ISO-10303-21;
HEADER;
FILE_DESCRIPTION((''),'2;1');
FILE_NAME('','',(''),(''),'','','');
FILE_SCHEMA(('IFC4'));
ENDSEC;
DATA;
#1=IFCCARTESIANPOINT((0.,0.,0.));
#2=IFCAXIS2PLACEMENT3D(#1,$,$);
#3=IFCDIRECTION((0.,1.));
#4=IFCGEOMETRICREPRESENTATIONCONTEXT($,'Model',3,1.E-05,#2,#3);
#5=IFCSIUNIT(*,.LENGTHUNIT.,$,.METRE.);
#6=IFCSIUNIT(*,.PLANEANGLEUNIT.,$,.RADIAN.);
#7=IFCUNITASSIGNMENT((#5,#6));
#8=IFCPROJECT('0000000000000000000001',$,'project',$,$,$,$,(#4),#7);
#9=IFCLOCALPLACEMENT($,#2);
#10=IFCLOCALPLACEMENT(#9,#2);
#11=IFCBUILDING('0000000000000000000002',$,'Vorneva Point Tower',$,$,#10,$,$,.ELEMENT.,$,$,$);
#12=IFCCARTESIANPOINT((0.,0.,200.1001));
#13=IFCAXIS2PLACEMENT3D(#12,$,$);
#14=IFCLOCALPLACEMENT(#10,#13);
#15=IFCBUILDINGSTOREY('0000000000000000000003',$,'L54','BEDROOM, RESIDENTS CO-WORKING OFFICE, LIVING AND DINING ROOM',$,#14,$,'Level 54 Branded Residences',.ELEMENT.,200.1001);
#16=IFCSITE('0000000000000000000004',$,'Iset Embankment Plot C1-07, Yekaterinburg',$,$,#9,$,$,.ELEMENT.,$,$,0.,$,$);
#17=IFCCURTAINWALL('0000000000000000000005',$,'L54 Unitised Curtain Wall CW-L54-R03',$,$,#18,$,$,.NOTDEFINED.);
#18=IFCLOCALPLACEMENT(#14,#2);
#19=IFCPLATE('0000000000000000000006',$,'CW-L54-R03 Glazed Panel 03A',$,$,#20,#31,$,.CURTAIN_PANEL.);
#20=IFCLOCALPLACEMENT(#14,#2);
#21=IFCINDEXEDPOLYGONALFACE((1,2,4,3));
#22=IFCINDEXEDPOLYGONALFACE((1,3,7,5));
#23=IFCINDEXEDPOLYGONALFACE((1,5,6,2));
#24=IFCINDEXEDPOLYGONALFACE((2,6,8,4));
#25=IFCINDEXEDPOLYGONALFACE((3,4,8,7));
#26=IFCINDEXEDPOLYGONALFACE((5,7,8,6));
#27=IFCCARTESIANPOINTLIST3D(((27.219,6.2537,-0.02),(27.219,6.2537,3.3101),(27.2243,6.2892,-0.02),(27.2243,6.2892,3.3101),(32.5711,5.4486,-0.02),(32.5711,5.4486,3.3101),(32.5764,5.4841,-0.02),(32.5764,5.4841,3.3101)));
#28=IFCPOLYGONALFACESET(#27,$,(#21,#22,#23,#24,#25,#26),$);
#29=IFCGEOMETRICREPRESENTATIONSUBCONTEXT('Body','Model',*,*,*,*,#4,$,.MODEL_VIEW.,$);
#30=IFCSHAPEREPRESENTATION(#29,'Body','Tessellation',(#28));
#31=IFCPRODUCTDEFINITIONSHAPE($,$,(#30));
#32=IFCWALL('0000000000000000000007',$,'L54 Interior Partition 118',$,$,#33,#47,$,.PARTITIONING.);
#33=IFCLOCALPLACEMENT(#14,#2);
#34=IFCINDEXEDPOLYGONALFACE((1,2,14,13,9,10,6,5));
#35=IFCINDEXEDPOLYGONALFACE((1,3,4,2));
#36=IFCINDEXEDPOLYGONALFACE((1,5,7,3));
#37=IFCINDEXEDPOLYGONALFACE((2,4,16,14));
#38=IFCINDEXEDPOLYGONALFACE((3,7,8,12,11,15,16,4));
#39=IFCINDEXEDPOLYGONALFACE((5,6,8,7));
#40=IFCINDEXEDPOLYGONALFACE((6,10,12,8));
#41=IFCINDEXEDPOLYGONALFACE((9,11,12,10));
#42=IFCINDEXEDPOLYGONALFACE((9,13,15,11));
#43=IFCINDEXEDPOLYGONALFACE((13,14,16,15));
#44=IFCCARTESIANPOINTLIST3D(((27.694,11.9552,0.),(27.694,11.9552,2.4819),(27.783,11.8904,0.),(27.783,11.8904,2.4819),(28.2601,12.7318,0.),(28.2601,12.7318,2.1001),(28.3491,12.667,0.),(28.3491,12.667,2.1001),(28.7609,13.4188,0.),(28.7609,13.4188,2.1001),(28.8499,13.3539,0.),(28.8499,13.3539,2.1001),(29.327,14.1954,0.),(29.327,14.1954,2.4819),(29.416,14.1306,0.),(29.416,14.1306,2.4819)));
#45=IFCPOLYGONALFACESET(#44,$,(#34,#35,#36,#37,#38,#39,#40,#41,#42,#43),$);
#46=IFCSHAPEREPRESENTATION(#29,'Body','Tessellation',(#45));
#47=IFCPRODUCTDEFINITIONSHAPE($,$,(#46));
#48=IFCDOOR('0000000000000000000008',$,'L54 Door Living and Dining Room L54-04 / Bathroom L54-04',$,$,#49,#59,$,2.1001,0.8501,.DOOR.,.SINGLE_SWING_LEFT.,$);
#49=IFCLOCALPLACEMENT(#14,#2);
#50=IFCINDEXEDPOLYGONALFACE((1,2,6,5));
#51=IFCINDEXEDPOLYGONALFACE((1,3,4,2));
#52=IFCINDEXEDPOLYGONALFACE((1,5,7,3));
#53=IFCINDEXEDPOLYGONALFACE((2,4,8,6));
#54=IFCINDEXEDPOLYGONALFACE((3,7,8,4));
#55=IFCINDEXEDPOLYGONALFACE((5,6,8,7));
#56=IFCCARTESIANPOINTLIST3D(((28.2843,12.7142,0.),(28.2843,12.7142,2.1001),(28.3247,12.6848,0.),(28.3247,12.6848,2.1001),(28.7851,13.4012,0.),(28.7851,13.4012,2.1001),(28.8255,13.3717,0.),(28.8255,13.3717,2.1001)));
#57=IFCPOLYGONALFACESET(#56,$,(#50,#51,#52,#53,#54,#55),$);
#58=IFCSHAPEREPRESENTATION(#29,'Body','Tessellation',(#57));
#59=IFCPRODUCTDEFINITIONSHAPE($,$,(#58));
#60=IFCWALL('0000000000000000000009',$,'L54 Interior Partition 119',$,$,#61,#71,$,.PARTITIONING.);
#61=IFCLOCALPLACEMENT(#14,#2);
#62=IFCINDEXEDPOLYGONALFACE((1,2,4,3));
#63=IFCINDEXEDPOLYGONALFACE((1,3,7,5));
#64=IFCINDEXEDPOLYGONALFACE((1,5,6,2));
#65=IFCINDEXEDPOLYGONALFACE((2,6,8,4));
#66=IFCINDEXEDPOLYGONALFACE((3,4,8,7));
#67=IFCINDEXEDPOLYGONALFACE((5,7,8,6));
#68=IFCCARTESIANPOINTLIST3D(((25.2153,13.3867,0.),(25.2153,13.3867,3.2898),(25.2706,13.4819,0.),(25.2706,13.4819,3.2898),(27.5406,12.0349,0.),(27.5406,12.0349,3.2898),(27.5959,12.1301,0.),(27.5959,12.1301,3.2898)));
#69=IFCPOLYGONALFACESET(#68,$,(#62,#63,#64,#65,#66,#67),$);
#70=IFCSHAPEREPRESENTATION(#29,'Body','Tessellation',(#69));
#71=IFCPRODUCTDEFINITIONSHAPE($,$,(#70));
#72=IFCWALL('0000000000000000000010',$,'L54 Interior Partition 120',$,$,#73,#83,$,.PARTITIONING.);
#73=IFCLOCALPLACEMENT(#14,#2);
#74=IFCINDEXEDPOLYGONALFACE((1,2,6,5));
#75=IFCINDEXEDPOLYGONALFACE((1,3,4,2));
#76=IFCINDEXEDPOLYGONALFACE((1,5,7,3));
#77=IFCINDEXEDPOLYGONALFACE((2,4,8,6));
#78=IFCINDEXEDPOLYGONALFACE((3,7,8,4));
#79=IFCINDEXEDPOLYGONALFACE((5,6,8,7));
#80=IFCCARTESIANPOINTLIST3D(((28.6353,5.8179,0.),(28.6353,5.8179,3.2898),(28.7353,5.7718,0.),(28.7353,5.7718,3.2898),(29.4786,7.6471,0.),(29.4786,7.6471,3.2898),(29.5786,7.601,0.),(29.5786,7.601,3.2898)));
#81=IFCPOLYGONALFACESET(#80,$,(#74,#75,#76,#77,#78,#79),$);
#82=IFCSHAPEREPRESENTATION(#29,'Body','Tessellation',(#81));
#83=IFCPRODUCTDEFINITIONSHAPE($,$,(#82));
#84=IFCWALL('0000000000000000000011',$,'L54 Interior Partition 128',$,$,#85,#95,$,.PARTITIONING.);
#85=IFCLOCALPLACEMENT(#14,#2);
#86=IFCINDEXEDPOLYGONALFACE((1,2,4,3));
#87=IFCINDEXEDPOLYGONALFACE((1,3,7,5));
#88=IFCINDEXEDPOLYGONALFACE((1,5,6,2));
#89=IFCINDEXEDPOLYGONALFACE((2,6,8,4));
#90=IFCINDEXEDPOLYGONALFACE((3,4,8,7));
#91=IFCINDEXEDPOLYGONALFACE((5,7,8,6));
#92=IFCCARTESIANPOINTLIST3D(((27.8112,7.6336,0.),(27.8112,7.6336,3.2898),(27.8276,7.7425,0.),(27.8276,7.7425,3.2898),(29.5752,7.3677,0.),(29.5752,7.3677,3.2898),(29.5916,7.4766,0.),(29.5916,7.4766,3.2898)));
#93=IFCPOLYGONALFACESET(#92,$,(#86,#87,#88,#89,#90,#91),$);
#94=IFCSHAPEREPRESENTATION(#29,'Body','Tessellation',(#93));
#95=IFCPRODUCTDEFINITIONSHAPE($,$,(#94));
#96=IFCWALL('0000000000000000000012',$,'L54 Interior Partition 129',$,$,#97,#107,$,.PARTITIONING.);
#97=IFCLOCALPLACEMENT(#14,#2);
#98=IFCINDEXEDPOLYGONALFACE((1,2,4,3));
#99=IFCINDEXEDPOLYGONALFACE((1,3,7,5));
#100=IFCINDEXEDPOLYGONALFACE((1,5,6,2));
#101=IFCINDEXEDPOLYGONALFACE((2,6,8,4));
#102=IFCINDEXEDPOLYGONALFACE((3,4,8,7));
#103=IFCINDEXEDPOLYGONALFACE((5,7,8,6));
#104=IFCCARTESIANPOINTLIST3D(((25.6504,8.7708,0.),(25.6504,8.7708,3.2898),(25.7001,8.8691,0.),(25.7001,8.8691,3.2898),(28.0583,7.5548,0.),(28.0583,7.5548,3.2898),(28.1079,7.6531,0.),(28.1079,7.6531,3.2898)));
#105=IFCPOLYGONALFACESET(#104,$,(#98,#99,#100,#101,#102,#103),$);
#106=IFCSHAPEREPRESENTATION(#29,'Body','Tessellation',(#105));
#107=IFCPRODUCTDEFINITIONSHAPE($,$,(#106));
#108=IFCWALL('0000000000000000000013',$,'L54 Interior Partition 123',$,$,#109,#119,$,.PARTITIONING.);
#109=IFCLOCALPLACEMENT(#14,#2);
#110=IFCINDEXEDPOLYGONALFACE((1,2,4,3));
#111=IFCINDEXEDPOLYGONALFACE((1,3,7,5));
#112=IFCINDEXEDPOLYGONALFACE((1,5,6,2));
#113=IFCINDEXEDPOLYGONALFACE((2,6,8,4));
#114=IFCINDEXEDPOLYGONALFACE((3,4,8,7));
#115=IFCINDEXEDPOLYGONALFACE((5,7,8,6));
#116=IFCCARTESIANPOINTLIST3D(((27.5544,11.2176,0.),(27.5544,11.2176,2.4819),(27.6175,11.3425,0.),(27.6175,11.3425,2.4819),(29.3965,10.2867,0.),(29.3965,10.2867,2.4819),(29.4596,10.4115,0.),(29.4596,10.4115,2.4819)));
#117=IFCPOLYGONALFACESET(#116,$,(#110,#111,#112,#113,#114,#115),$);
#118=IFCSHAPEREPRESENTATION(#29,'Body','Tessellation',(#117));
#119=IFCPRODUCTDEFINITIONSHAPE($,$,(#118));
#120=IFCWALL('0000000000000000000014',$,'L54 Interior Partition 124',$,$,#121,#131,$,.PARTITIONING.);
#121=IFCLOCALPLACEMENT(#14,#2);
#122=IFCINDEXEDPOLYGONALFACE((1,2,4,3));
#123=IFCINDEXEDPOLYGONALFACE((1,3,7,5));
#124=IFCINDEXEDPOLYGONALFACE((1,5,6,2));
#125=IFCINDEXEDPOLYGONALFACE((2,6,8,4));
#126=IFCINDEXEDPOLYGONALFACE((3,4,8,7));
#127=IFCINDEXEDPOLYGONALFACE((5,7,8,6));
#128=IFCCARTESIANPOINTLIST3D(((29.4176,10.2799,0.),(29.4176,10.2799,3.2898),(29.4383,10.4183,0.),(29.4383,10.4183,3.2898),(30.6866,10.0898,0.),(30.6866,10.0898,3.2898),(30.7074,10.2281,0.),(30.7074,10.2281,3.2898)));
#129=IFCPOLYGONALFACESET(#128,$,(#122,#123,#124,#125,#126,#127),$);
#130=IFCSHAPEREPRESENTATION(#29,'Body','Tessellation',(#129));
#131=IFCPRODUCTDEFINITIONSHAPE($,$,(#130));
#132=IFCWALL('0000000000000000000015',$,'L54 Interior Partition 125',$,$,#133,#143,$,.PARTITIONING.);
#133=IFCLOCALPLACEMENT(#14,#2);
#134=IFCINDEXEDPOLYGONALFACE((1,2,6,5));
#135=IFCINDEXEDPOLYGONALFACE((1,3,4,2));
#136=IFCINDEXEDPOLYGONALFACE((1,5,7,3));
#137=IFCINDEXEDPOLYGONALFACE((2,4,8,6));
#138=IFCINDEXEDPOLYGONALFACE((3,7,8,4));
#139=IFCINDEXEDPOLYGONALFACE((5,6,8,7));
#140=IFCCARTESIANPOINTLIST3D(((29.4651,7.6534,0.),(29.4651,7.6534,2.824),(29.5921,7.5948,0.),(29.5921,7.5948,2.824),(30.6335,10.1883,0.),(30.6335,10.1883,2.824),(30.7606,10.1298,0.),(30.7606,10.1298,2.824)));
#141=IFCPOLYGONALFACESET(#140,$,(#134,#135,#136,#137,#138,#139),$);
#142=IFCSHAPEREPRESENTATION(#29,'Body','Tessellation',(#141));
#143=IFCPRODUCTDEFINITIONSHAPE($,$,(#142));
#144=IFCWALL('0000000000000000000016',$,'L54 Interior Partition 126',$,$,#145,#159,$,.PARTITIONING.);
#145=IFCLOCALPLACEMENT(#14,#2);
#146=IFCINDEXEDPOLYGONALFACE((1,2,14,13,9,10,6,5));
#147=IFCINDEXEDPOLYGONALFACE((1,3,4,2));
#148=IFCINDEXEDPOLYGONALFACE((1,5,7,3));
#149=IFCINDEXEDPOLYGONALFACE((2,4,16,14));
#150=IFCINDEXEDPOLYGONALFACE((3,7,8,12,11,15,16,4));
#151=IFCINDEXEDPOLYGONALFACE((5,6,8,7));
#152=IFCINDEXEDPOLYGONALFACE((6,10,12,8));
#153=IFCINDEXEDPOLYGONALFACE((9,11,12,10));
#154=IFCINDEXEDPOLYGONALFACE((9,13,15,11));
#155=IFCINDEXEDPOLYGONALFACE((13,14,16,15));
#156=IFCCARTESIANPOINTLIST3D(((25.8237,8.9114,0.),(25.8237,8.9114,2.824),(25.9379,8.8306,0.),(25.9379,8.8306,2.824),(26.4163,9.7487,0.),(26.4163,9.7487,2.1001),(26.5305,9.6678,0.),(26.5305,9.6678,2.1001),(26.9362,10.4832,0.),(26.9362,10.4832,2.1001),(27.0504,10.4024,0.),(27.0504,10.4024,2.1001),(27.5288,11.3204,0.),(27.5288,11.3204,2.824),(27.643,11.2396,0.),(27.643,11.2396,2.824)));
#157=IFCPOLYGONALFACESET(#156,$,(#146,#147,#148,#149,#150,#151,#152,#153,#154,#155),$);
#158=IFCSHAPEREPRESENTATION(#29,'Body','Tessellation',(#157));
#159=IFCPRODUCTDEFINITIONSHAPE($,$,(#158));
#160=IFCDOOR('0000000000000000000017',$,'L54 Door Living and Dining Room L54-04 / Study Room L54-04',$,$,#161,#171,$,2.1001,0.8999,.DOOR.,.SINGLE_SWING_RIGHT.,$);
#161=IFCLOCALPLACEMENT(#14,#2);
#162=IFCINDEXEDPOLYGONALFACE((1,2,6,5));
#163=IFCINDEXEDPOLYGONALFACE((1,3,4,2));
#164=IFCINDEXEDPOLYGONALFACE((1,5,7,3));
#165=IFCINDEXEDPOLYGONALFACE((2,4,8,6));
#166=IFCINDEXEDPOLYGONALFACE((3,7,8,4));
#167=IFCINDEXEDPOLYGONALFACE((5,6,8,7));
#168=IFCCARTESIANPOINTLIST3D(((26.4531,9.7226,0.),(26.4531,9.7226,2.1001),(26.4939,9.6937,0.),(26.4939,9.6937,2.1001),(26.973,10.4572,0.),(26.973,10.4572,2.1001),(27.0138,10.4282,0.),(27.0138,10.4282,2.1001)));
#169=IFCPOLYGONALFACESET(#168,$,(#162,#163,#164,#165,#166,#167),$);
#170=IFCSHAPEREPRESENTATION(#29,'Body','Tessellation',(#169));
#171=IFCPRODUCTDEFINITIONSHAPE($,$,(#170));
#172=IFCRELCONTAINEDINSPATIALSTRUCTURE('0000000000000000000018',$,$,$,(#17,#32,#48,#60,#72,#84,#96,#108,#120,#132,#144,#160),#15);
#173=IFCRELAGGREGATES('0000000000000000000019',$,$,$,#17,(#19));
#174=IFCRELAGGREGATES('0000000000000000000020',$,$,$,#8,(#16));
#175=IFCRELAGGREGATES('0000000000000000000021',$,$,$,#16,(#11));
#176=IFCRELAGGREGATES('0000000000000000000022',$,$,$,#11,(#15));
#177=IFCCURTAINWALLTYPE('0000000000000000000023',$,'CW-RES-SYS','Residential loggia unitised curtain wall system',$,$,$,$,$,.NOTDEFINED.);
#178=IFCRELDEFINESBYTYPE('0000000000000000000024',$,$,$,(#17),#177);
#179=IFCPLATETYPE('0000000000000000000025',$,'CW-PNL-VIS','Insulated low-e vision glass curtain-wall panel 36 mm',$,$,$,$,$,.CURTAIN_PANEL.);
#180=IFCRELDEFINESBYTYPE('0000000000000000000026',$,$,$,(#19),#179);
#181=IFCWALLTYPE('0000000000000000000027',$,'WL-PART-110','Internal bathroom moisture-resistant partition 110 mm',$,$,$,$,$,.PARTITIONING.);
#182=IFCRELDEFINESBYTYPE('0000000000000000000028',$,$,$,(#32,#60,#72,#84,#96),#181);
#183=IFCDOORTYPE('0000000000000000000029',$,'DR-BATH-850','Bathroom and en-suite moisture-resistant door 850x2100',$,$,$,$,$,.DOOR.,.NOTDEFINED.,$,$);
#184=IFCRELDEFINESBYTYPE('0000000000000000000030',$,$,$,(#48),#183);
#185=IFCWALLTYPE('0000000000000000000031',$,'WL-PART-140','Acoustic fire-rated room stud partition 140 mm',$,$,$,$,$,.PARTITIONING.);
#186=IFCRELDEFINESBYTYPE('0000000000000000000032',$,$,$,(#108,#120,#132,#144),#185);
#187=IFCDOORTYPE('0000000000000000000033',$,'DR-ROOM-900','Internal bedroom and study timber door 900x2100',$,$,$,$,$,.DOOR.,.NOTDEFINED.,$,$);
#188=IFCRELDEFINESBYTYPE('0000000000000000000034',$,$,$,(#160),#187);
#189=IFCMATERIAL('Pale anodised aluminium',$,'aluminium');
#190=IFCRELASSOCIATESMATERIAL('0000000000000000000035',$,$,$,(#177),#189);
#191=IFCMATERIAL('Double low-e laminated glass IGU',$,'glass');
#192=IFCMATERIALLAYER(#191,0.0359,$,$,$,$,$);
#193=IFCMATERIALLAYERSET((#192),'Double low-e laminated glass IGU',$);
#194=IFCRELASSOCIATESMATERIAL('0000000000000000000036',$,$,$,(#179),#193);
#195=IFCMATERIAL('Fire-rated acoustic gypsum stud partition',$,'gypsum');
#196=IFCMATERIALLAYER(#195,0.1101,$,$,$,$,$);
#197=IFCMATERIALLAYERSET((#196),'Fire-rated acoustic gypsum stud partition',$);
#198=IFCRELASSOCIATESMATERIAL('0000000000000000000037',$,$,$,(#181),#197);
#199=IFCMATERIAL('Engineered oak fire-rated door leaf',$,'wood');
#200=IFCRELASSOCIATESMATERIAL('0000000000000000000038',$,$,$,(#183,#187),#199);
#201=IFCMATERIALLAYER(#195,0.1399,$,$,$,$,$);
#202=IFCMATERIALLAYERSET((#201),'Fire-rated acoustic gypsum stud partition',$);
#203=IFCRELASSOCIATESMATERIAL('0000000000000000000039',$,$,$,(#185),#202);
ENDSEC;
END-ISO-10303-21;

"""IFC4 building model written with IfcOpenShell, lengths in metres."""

from ifc_helpers import new_model, si_unit, direction, frame, frame_2d, origin, origin_2d, place, context, subcontext, project, spatial, rectangle, extrude, material, layer, layer_set, type_object, element, fill, aggregate, save


model = new_model("IFC4")

# Units and contexts
model_context = context("Model", 3, precision=1e-05, world=origin(), true_north=direction((0.0, 1.0)))
body_context = subcontext(model_context, "Body", "Model", "MODEL_VIEW")
ifc_project = project(units=[si_unit("LENGTHUNIT", "METRE"), si_unit("PLANEANGLEUNIT", "RADIAN")], contexts=[model_context])

# Site, building, storey
site_placement = place(None, origin())
site = spatial("IfcSite", under=ifc_project, at=site_placement, Name="Iset Embankment Plot C1-07, Yekaterinburg", CompositionType="ELEMENT", RefElevation=0.0)
building_placement = place(site_placement, origin())
building = spatial("IfcBuilding", under=site, at=building_placement, Name="Vorneva Point Tower", CompositionType="ELEMENT")
storey_placement = place(building_placement, frame((0.0, 0.0, 200.1001)))
storey = spatial("IfcBuildingStorey", under=building, at=storey_placement, Name="L54", Description="BEDROOM, RESIDENTS CO-WORKING OFFICE, LIVING AND DINING ROOM", LongName="Level 54 Branded Residences", CompositionType="ELEMENT", Elevation=200.1001)

# Curtain wall, plate
ifc_material_1 = material(Name="Pale anodised aluminium", Category="aluminium")
curtain_wall_type = type_object("IfcCurtainWallType", Name="CW-RES-SYS", Description="Residential loggia unitised curtain wall system", PredefinedType="NOTDEFINED", material=ifc_material_1)
curtain_wall_placement = place(storey_placement, origin())
curtain_wall = element("IfcCurtainWall", 1, at=curtain_wall_placement, inside=storey, type_object=curtain_wall_type, Name="L54 Unitised Curtain Wall CW-L54-R03", PredefinedType="NOTDEFINED")
ifc_material_2 = material(Name="Double low-e laminated glass IGU", Category="glass")
ifc_layer_1 = layer(ifc_material_2, 0.0359)
ifc_layer_set_1 = layer_set([ifc_layer_1], Name="Double low-e laminated glass IGU")
plate_type = type_object("IfcPlateType", Name="CW-PNL-VIS", Description="Insulated low-e vision glass curtain-wall panel 36 mm", PredefinedType="CURTAIN_PANEL", material=ifc_layer_set_1)
plate_placement = place(storey_placement, frame((29.8977, 5.8689, -0.02), z_axis=(0.0, 0.0, 1.0), x_axis=(0.988874, -0.148759, 0.0)))
plate = element("IfcPlate", 2, at=plate_placement, type_object=plate_type, Name="CW-L54-R03 Glazed Panel 03A", PredefinedType="CURTAIN_PANEL", context=body_context, shape_type="SweptSolid", body=[
    extrude(rectangle(XDim=5.4124, YDim=0.0359, at=origin_2d()), origin(), (0.0, 0.0, 1.0), 3.3301),
])
aggregate(curtain_wall, [plate])

# Wall, opening, door
ifc_material_3 = material(Name="Fire-rated acoustic gypsum stud partition", Category="gypsum")
ifc_layer_2 = layer(ifc_material_3, 0.1101)
ifc_layer_set_2 = layer_set([ifc_layer_2], Name="Fire-rated acoustic gypsum stud partition")
wall_type_1 = type_object("IfcWallType", Name="WL-PART-110", Description="Internal bathroom moisture-resistant partition 110 mm", PredefinedType="PARTITIONING", material=ifc_layer_set_2)
wall_1_placement = place(storey_placement, frame((29.3716, 14.1631, 0.0), z_axis=(0.0, 0.0, 1.0), x_axis=(-0.589067, -0.808084, 0.0)))
wall_1 = element("IfcWall", 3, at=wall_1_placement, inside=storey, type_object=wall_type_1, Name="L54 Interior Partition 118", PredefinedType="PARTITIONING", context=body_context, shape_type="SweptSolid", body=[
    extrude(rectangle(XDim=2.7722, YDim=0.1101, at=frame_2d((1.3862, 0.0))), origin(), (0.0, 0.0, 1.0), 2.4819),
])
opening_1_placement = place(wall_1_placement, frame((0.9612, 0.0, 0.0)))
opening_1 = element("IfcOpeningElement", 4, at=opening_1_placement, cuts=wall_1, PredefinedType="OPENING", context=body_context, shape_type="SweptSolid", body=[
    extrude(rectangle(XDim=0.8501, YDim=2.1001, at=frame_2d((0.425, 1.05))), frame((0.0, 0.0698, 0.0), z_axis=(0.0, -1.0, 0.0), x_axis=(1.0, 0.0, 0.0)), (0.0, 0.0, 1.0), 0.1399),
])
ifc_material_4 = material(Name="Engineered oak fire-rated door leaf", Category="wood")
door_type_1 = type_object("IfcDoorType", Name="DR-BATH-850", Description="Bathroom and en-suite moisture-resistant door 850x2100", OperationType="NOTDEFINED", PredefinedType="DOOR", material=ifc_material_4)
door_1_placement = place(opening_1_placement, origin())
door_1 = element("IfcDoor", 5, at=door_1_placement, inside=storey, type_object=door_type_1, Name="L54 Door Living and Dining Room L54-04 / Bathroom L54-04", OperationType="SINGLE_SWING_LEFT", OverallHeight=2.1001, OverallWidth=0.8501, PredefinedType="DOOR", context=body_context, shape_type="SweptSolid", body=[
    extrude(rectangle(XDim=0.8501, YDim=2.1001, at=frame_2d((0.425, 1.05))), frame((0.0, 0.0249, 0.0), z_axis=(0.0, -1.0, 0.0), x_axis=(1.0, 0.0, 0.0)), (0.0, 0.0, 1.0), 0.05),
])
fill(opening_1, door_1)

# Walls
wall_2_placement = place(storey_placement, frame((27.5681, 12.0825, 0.0), z_axis=(0.0, 0.0, 1.0), x_axis=(-0.864515, 0.502606, 0.0)))
element("IfcWall", 6, at=wall_2_placement, inside=storey, type_object=wall_type_1, Name="L54 Interior Partition 119", PredefinedType="PARTITIONING", context=body_context, shape_type="SweptSolid", body=[
    extrude(rectangle(XDim=2.6897, YDim=0.1101, at=frame_2d((1.3447, 0.0))), origin(), (0.0, 0.0, 1.0), 3.2898),
])
wall_3_placement = place(storey_placement, frame((29.5286, 7.624, 0.0), z_axis=(0.0, 0.0, 1.0), x_axis=(-0.418674, -0.908137, 0.0)))
element("IfcWall", 7, at=wall_3_placement, inside=storey, type_object=wall_type_1, Name="L54 Interior Partition 120", PredefinedType="PARTITIONING", context=body_context, shape_type="SweptSolid", body=[
    extrude(rectangle(XDim=2.0142, YDim=0.1101, at=frame_2d((1.0071, 0.0))), origin(), (0.0, 0.0, 1.0), 3.2898),
])
wall_4_placement = place(storey_placement, frame((29.5835, 7.4221, 0.0), z_axis=(0.0, 0.0, 1.0), x_axis=(-0.988831, 0.149043, 0.0)))
element("IfcWall", 8, at=wall_4_placement, inside=storey, type_object=wall_type_1, Name="L54 Interior Partition 128", PredefinedType="PARTITIONING", context=body_context, shape_type="SweptSolid", body=[
    extrude(rectangle(XDim=1.7839, YDim=0.1101, at=frame_2d((0.8921, 0.0))), origin(), (0.0, 0.0, 1.0), 3.2898),
])
wall_5_placement = place(storey_placement, frame((28.083, 7.604, 0.0), z_axis=(0.0, 0.0, 1.0), x_axis=(-0.892628, 0.450794, 0.0)))
element("IfcWall", 9, at=wall_5_placement, inside=storey, type_object=wall_type_1, Name="L54 Interior Partition 129", PredefinedType="PARTITIONING", context=body_context, shape_type="SweptSolid", body=[
    extrude(rectangle(XDim=2.6975, YDim=0.1101, at=frame_2d((1.3486, 0.0))), origin(), (0.0, 0.0, 1.0), 3.2898),
])
ifc_layer_3 = layer(ifc_material_3, 0.1399)
ifc_layer_set_3 = layer_set([ifc_layer_3], Name="Fire-rated acoustic gypsum stud partition")
wall_type_2 = type_object("IfcWallType", Name="WL-PART-140", Description="Acoustic fire-rated room stud partition 140 mm", PredefinedType="PARTITIONING", material=ifc_layer_set_3)
wall_6_placement = place(storey_placement, frame((27.5859, 11.28, 0.0), z_axis=(0.0, 0.0, 1.0), x_axis=(0.892503, -0.451042, 0.0)))
element("IfcWall", 10, at=wall_6_placement, inside=storey, type_object=wall_type_2, Name="L54 Interior Partition 123", PredefinedType="PARTITIONING", context=body_context, shape_type="SweptSolid", body=[
    extrude(rectangle(XDim=2.064, YDim=0.1399, at=frame_2d((1.032, 0.0))), origin(), (0.0, 0.0, 1.0), 2.4819),
])
wall_7_placement = place(storey_placement, frame((29.428, 10.3491, 0.0), z_axis=(0.0, 0.0, 1.0), x_axis=(0.988956, -0.14821, 0.0)))
element("IfcWall", 11, at=wall_7_placement, inside=storey, type_object=wall_type_2, Name="L54 Interior Partition 124", PredefinedType="PARTITIONING", context=body_context, shape_type="SweptSolid", body=[
    extrude(rectangle(XDim=1.2832, YDim=0.1399, at=frame_2d((0.6416, 0.0))), origin(), (0.0, 0.0, 1.0), 3.2898),
])
wall_8_placement = place(storey_placement, frame((30.697, 10.1589, 0.0), z_axis=(0.0, 0.0, 1.0), x_axis=(-0.418614, -0.908164, 0.0)))
element("IfcWall", 12, at=wall_8_placement, inside=storey, type_object=wall_type_2, Name="L54 Interior Partition 125", PredefinedType="PARTITIONING", context=body_context, shape_type="SweptSolid", body=[
    extrude(rectangle(XDim=2.7913, YDim=0.1399, at=frame_2d((1.3955, 0.0))), origin(), (0.0, 0.0, 1.0), 2.824),
])

# Wall, opening, door
wall_9_placement = place(storey_placement, frame((25.8809, 8.8711, 0.0), z_axis=(0.0, 0.0, 1.0), x_axis=(0.577735, 0.816224, 0.0)))
wall_9 = element("IfcWall", 13, at=wall_9_placement, inside=storey, type_object=wall_type_2, Name="L54 Interior Partition 126", PredefinedType="PARTITIONING", context=body_context, shape_type="SweptSolid", body=[
    extrude(rectangle(XDim=2.9514, YDim=0.1399, at=frame_2d((1.4756, 0.0))), origin(), (0.0, 0.0, 1.0), 2.824),
])
opening_2_placement = place(wall_9_placement, frame((1.0256, 0.0, 0.0)))
opening_2 = element("IfcOpeningElement", 14, at=opening_2_placement, cuts=wall_9, PredefinedType="OPENING", context=body_context, shape_type="SweptSolid", body=[
    extrude(rectangle(XDim=0.8999, YDim=2.1001, at=frame_2d((0.45, 1.05))), frame((0.0, 0.085, 0.0), z_axis=(0.0, -1.0, 0.0), x_axis=(1.0, 0.0, 0.0)), (0.0, 0.0, 1.0), 0.1697),
])
door_type_2 = type_object("IfcDoorType", Name="DR-ROOM-900", Description="Internal bedroom and study timber door 900x2100", OperationType="NOTDEFINED", PredefinedType="DOOR", material=ifc_material_4)
door_2_placement = place(opening_2_placement, origin())
door_2 = element("IfcDoor", 15, at=door_2_placement, inside=storey, type_object=door_type_2, Name="L54 Door Living and Dining Room L54-04 / Study Room L54-04", OperationType="SINGLE_SWING_RIGHT", OverallHeight=2.1001, OverallWidth=0.8999, PredefinedType="DOOR", context=body_context, shape_type="SweptSolid", body=[
    extrude(rectangle(XDim=0.8999, YDim=2.1001, at=frame_2d((0.45, 1.05))), frame((0.0, 0.0249, 0.0), z_axis=(0.0, -1.0, 0.0), x_axis=(1.0, 0.0, 0.0)), (0.0, 0.0, 1.0), 0.05),
])
fill(opening_2, door_2)

save(model, "model.ifc")
